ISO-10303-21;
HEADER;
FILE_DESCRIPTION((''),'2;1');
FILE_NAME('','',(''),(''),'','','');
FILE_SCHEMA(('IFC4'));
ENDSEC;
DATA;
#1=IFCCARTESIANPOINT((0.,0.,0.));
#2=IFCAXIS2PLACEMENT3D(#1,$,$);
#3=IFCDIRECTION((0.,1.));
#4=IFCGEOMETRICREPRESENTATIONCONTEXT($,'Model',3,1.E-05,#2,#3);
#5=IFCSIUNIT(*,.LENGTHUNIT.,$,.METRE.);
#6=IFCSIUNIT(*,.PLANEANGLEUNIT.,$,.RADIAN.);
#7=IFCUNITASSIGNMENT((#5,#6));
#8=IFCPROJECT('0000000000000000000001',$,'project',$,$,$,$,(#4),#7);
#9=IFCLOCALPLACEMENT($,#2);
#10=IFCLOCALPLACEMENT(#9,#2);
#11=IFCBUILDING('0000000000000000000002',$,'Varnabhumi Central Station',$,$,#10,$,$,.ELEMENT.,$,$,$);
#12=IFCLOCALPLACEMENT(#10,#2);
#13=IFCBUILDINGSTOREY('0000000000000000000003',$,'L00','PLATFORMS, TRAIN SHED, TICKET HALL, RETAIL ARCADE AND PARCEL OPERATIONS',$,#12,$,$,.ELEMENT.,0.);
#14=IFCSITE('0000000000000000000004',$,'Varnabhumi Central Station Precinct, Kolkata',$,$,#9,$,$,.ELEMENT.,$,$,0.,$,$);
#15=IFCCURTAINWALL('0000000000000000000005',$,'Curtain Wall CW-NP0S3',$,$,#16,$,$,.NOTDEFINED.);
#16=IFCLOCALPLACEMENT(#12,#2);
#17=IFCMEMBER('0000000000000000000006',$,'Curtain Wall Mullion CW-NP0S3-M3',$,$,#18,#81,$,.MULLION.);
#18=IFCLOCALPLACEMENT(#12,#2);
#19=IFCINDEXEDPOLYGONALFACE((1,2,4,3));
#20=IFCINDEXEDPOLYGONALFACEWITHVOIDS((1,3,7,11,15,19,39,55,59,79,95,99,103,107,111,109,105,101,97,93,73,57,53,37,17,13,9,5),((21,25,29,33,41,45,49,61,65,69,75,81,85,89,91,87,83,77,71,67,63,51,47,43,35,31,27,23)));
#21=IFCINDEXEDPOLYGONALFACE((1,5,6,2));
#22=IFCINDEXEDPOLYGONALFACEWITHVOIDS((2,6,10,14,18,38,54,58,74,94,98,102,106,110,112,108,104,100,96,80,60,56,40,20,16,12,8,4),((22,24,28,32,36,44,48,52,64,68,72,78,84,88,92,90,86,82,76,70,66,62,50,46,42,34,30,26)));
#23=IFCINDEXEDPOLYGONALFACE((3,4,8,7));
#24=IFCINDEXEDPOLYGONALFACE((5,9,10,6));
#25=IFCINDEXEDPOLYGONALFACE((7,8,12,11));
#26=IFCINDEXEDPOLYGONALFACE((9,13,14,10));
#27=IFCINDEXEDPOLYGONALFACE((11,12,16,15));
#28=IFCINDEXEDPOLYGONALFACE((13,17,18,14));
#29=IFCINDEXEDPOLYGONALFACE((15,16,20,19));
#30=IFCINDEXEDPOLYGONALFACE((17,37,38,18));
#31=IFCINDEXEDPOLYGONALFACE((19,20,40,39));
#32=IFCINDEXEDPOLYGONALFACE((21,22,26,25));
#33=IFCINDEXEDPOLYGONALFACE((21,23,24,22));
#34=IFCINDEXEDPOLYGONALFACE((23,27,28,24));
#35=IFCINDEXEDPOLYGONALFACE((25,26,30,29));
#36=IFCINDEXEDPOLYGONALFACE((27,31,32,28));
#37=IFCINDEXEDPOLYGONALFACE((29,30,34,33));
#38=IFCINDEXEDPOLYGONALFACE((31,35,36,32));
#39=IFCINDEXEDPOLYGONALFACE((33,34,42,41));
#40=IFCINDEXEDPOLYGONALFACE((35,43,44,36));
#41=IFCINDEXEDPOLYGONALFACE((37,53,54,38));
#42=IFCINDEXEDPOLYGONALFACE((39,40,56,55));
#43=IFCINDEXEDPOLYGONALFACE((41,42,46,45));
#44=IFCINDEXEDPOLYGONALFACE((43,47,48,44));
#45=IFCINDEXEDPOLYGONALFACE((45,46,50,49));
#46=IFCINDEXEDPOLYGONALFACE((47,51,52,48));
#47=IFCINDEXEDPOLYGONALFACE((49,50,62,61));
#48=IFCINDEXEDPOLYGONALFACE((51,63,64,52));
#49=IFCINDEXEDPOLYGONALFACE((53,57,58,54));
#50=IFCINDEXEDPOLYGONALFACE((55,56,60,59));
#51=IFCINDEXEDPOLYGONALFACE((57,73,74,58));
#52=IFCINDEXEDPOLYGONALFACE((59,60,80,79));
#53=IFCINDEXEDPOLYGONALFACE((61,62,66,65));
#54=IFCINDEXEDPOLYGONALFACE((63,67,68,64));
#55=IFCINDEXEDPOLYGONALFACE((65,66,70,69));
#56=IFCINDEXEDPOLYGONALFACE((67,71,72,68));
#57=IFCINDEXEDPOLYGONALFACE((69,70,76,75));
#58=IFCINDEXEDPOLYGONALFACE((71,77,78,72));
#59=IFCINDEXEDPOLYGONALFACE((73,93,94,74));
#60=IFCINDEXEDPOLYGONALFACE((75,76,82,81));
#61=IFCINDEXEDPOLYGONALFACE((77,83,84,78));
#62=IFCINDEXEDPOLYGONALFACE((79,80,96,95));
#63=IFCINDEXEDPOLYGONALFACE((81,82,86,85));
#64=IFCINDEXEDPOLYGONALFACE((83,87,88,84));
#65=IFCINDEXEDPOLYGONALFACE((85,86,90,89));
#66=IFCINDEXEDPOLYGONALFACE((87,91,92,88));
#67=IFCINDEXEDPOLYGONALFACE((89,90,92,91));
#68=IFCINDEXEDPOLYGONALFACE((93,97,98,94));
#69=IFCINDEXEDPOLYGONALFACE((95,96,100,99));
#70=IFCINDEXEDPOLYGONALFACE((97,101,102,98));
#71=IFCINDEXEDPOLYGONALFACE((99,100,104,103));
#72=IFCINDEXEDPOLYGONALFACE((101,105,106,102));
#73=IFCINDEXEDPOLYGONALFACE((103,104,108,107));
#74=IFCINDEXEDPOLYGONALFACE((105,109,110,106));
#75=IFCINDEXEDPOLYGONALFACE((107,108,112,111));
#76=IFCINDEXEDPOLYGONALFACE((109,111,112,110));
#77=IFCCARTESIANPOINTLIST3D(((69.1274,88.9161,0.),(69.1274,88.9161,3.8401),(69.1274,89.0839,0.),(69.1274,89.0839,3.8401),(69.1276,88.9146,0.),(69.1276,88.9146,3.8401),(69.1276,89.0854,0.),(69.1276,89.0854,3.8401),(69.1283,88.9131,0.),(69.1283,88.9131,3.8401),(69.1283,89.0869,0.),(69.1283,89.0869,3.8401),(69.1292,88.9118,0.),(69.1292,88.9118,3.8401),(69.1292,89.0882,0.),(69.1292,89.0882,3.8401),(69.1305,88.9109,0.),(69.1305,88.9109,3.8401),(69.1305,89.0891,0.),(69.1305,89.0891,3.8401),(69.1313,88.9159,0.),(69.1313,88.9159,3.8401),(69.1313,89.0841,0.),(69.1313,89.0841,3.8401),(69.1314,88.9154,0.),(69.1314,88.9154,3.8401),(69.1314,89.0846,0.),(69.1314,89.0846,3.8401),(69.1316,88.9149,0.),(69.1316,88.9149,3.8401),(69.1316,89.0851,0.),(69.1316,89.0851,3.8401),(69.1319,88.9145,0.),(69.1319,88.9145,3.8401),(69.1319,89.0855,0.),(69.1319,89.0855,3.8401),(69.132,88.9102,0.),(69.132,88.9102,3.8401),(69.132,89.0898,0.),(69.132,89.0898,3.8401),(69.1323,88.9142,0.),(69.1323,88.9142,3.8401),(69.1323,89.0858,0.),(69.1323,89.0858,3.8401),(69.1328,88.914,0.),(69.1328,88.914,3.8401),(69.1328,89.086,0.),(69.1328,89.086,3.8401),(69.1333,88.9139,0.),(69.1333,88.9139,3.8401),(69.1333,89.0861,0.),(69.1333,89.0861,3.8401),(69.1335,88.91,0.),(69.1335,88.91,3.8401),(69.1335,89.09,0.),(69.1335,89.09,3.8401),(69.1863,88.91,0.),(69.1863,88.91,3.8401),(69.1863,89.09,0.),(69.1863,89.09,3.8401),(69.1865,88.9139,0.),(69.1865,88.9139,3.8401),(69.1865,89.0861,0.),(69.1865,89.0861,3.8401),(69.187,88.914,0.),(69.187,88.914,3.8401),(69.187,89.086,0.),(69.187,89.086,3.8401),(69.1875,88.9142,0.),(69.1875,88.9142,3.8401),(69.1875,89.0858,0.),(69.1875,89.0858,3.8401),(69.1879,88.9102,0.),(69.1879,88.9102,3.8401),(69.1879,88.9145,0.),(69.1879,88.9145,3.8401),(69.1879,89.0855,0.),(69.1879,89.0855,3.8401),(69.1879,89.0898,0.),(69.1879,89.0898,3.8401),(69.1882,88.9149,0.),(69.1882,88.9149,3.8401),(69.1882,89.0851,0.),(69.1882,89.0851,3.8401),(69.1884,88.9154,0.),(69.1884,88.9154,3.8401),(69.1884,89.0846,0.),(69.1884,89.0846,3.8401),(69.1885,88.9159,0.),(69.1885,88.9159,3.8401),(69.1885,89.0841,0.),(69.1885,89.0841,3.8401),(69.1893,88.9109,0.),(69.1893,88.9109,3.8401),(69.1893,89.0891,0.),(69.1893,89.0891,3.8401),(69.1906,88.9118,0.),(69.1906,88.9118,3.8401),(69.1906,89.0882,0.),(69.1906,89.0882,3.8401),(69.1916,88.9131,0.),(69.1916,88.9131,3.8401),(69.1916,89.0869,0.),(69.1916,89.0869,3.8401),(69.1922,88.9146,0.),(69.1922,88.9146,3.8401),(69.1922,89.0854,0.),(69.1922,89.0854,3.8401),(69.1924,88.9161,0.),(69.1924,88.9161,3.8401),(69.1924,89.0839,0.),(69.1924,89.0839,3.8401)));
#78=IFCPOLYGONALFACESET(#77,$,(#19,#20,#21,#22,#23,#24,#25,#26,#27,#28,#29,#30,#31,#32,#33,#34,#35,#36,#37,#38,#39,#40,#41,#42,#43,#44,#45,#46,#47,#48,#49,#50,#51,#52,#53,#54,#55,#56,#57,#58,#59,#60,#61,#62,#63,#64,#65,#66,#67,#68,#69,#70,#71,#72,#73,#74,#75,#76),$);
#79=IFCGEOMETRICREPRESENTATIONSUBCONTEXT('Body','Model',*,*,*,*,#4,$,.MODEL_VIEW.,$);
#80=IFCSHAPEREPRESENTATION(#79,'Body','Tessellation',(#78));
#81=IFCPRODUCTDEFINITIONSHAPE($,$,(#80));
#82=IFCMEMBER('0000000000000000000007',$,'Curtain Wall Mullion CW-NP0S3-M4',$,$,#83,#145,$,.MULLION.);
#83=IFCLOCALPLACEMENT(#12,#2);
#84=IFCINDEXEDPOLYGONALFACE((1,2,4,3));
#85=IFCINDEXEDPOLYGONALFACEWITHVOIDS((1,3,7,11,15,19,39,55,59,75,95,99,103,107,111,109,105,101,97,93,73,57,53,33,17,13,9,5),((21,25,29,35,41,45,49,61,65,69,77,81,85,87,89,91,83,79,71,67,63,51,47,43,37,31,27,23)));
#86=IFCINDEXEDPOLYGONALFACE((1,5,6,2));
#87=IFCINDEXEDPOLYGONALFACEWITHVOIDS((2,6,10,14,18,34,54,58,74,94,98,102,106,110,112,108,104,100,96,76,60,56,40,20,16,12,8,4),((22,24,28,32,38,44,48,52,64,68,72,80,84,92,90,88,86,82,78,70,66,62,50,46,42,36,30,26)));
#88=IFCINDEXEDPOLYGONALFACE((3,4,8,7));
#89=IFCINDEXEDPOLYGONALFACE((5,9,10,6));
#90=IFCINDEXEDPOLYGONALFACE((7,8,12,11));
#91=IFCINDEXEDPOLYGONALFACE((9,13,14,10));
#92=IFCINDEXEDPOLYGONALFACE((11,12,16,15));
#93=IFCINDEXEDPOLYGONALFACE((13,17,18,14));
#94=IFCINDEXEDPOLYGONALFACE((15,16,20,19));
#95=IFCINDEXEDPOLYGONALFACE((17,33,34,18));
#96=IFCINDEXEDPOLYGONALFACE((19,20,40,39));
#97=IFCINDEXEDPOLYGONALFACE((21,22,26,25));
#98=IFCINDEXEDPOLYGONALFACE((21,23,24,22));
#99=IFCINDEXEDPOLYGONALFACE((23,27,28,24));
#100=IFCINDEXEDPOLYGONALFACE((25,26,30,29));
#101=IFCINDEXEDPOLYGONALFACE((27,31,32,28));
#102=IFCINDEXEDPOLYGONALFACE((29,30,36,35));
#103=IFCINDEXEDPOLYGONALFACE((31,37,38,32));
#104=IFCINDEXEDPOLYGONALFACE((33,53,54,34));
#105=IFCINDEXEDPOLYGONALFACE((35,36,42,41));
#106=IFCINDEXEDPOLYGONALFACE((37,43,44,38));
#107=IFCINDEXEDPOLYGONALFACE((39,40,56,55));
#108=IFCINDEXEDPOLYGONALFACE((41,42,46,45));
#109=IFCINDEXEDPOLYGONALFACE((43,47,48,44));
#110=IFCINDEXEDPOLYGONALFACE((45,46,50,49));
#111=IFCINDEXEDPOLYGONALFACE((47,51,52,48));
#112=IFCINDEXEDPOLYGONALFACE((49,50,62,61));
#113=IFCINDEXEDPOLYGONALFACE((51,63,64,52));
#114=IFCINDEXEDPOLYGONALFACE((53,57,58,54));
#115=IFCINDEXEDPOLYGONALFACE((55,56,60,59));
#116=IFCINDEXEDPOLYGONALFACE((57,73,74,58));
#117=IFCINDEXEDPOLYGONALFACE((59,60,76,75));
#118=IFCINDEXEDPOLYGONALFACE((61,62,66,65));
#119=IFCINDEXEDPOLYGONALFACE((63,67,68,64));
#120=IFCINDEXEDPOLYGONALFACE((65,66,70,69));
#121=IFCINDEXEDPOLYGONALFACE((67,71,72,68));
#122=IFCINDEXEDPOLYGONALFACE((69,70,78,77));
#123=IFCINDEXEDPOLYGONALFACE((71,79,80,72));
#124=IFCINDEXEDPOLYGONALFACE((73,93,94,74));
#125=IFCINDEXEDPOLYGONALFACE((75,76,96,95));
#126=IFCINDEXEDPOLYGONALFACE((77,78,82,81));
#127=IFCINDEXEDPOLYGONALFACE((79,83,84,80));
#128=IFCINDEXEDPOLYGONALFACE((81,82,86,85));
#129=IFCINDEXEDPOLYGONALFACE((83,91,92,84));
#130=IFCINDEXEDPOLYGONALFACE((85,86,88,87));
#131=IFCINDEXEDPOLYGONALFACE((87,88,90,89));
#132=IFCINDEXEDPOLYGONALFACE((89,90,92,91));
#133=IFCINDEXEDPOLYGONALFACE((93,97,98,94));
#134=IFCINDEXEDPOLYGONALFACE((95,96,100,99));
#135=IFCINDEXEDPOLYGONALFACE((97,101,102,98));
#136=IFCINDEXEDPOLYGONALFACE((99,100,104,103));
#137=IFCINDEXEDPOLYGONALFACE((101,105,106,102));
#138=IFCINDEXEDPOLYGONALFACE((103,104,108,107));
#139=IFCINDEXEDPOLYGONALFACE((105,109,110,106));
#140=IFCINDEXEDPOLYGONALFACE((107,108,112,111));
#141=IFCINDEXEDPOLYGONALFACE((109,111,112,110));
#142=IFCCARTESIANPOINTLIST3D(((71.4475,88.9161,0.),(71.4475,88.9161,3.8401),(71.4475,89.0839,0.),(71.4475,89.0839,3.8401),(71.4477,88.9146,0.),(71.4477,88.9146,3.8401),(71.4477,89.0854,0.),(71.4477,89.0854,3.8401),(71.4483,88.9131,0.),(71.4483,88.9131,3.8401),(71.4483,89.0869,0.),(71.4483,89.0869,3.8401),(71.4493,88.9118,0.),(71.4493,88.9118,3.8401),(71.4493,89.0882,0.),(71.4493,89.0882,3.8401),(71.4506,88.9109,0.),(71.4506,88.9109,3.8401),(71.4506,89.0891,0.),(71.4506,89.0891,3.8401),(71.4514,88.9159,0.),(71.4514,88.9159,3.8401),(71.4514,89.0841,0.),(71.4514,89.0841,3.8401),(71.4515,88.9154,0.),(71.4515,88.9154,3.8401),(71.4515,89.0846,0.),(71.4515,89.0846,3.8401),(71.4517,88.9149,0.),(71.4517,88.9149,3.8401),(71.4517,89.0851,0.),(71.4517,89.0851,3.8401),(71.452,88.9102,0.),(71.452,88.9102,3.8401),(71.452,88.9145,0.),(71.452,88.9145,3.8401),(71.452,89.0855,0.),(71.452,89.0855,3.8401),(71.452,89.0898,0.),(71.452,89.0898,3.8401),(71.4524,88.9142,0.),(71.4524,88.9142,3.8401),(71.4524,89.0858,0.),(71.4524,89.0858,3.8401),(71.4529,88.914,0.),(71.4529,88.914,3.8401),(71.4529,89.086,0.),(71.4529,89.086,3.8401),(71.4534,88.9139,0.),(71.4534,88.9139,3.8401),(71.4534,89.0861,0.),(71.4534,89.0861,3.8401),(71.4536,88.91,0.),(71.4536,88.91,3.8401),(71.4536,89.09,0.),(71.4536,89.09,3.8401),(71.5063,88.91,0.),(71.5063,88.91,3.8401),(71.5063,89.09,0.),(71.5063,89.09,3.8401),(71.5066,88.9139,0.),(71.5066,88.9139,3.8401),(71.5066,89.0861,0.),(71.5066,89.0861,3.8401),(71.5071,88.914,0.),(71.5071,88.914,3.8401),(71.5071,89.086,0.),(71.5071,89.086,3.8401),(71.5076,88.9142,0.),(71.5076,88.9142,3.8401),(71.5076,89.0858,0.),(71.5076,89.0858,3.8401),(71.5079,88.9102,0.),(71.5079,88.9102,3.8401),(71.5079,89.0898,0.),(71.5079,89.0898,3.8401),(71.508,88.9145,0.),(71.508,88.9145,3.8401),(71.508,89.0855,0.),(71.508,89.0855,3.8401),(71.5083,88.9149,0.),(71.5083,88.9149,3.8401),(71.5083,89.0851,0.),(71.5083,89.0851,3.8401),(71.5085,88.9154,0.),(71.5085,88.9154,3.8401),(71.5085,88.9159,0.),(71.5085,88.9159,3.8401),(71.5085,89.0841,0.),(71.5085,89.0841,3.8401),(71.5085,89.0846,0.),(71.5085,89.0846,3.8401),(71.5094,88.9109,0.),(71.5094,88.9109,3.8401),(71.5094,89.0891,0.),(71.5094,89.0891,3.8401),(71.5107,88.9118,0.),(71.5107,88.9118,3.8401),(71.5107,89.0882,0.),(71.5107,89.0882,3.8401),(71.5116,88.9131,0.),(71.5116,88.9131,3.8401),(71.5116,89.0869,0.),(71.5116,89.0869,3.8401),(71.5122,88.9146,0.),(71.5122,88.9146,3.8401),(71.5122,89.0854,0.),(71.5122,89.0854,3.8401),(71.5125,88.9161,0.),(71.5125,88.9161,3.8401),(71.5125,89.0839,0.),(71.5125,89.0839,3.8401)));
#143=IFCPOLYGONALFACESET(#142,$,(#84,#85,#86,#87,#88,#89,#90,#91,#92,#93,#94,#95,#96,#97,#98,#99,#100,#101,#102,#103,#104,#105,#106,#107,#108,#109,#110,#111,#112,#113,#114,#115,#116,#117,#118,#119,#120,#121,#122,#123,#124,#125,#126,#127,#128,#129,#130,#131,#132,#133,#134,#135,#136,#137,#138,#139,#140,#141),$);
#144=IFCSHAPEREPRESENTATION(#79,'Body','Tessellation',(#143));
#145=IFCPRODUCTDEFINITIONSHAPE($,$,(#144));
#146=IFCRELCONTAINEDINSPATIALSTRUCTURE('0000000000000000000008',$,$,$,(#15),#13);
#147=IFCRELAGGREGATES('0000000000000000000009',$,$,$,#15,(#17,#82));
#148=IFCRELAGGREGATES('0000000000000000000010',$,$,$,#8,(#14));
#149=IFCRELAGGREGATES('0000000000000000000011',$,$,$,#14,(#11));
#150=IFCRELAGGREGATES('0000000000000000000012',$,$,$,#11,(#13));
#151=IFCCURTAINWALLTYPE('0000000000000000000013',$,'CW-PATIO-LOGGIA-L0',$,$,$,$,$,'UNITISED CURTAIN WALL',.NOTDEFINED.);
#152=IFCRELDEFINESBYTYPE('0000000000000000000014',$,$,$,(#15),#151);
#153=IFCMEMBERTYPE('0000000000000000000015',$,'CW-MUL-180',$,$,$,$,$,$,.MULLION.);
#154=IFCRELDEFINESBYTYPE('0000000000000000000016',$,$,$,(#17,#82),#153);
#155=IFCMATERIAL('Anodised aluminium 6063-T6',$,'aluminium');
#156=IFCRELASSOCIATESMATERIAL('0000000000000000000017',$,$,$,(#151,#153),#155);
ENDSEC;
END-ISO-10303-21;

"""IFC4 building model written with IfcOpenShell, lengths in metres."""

from ifc_helpers import new_model, si_unit, direction, frame, origin, origin_2d, place, context, subcontext, project, spatial, hollow_rectangle, extrude, material, material_profile, profile_set, type_object, element, aggregate, save


model = new_model("IFC4")

# Units and contexts
model_context = context("Model", 3, precision=1e-05, world=origin(), true_north=direction((0.0, 1.0)))
body_context = subcontext(model_context, "Body", "Model", "MODEL_VIEW")
ifc_project = project(units=[si_unit("LENGTHUNIT", "METRE"), si_unit("PLANEANGLEUNIT", "RADIAN")], contexts=[model_context])

# Site, building, storey
site_placement = place(None, origin())
site = spatial("IfcSite", under=ifc_project, at=site_placement, Name="Varnabhumi Central Station Precinct, Kolkata", CompositionType="ELEMENT", RefElevation=0.0)
building_placement = place(site_placement, origin())
building = spatial("IfcBuilding", under=site, at=building_placement, Name="Varnabhumi Central Station", CompositionType="ELEMENT")
storey_placement = place(building_placement, origin())
storey = spatial("IfcBuildingStorey", under=building, at=storey_placement, Name="L00", Description="PLATFORMS, TRAIN SHED, TICKET HALL, RETAIL ARCADE AND PARCEL OPERATIONS", CompositionType="ELEMENT", Elevation=0.0)

# Curtain wall, members
ifc_material_1 = material(Name="Anodised aluminium 6063-T6", Category="aluminium")
curtain_wall_type = type_object("IfcCurtainWallType", Name="CW-PATIO-LOGGIA-L0", ElementType="UNITISED CURTAIN WALL", PredefinedType="NOTDEFINED", material=ifc_material_1)
curtain_wall_1_placement = place(storey_placement, origin())
curtain_wall_1 = element("IfcCurtainWall", 1, at=curtain_wall_1_placement, inside=storey, type_object=curtain_wall_type, Name="Curtain Wall CW-NP0S3", PredefinedType="NOTDEFINED")
ifc_material_profile_1 = material_profile(ifc_material_1, hollow_rectangle(XDim=0.0649, YDim=0.1799, WallThickness=0.0039, InnerFilletRadius=0.002, OuterFilletRadius=0.0061, at=origin_2d()), Name="Anodised aluminium 6063-T6", Category="aluminium")
ifc_profile_set_1 = profile_set([ifc_material_profile_1], Name="Anodised aluminium 6063-T6")
member_type_1 = type_object("IfcMemberType", Name="CW-MUL-180", PredefinedType="MULLION", material=ifc_profile_set_1)
member_1_placement = place(storey_placement, frame((69.1599, 89.0, 0.0), z_axis=(0.0, 0.0, 1.0), x_axis=(1.0, 0.0, 0.0)))
member_1 = element("IfcMember", 2, at=member_1_placement, type_object=member_type_1, Name="Curtain Wall Mullion CW-NP0S3-M3", PredefinedType="MULLION", context=body_context, shape_type="SweptSolid", body=[
    extrude(hollow_rectangle(XDim=0.0649, YDim=0.1799, WallThickness=0.0039, InnerFilletRadius=0.002, OuterFilletRadius=0.0061, at=origin_2d()), origin(), (0.0, 0.0, 1.0), 3.8401),
])
member_2_placement = place(storey_placement, frame((71.48, 89.0, 0.0), z_axis=(0.0, 0.0, 1.0), x_axis=(1.0, 0.0, 0.0)))
member_2 = element("IfcMember", 3, at=member_2_placement, type_object=member_type_1, Name="Curtain Wall Mullion CW-NP0S3-M4", PredefinedType="MULLION", context=body_context, shape_type="SweptSolid", body=[
    extrude(hollow_rectangle(XDim=0.0649, YDim=0.1799, WallThickness=0.0039, InnerFilletRadius=0.002, OuterFilletRadius=0.0061, at=origin_2d()), origin(), (0.0, 0.0, 1.0), 3.8401),
])

aggregate(curtain_wall_1, [member_1, member_2])

save(model, "model.ifc")
